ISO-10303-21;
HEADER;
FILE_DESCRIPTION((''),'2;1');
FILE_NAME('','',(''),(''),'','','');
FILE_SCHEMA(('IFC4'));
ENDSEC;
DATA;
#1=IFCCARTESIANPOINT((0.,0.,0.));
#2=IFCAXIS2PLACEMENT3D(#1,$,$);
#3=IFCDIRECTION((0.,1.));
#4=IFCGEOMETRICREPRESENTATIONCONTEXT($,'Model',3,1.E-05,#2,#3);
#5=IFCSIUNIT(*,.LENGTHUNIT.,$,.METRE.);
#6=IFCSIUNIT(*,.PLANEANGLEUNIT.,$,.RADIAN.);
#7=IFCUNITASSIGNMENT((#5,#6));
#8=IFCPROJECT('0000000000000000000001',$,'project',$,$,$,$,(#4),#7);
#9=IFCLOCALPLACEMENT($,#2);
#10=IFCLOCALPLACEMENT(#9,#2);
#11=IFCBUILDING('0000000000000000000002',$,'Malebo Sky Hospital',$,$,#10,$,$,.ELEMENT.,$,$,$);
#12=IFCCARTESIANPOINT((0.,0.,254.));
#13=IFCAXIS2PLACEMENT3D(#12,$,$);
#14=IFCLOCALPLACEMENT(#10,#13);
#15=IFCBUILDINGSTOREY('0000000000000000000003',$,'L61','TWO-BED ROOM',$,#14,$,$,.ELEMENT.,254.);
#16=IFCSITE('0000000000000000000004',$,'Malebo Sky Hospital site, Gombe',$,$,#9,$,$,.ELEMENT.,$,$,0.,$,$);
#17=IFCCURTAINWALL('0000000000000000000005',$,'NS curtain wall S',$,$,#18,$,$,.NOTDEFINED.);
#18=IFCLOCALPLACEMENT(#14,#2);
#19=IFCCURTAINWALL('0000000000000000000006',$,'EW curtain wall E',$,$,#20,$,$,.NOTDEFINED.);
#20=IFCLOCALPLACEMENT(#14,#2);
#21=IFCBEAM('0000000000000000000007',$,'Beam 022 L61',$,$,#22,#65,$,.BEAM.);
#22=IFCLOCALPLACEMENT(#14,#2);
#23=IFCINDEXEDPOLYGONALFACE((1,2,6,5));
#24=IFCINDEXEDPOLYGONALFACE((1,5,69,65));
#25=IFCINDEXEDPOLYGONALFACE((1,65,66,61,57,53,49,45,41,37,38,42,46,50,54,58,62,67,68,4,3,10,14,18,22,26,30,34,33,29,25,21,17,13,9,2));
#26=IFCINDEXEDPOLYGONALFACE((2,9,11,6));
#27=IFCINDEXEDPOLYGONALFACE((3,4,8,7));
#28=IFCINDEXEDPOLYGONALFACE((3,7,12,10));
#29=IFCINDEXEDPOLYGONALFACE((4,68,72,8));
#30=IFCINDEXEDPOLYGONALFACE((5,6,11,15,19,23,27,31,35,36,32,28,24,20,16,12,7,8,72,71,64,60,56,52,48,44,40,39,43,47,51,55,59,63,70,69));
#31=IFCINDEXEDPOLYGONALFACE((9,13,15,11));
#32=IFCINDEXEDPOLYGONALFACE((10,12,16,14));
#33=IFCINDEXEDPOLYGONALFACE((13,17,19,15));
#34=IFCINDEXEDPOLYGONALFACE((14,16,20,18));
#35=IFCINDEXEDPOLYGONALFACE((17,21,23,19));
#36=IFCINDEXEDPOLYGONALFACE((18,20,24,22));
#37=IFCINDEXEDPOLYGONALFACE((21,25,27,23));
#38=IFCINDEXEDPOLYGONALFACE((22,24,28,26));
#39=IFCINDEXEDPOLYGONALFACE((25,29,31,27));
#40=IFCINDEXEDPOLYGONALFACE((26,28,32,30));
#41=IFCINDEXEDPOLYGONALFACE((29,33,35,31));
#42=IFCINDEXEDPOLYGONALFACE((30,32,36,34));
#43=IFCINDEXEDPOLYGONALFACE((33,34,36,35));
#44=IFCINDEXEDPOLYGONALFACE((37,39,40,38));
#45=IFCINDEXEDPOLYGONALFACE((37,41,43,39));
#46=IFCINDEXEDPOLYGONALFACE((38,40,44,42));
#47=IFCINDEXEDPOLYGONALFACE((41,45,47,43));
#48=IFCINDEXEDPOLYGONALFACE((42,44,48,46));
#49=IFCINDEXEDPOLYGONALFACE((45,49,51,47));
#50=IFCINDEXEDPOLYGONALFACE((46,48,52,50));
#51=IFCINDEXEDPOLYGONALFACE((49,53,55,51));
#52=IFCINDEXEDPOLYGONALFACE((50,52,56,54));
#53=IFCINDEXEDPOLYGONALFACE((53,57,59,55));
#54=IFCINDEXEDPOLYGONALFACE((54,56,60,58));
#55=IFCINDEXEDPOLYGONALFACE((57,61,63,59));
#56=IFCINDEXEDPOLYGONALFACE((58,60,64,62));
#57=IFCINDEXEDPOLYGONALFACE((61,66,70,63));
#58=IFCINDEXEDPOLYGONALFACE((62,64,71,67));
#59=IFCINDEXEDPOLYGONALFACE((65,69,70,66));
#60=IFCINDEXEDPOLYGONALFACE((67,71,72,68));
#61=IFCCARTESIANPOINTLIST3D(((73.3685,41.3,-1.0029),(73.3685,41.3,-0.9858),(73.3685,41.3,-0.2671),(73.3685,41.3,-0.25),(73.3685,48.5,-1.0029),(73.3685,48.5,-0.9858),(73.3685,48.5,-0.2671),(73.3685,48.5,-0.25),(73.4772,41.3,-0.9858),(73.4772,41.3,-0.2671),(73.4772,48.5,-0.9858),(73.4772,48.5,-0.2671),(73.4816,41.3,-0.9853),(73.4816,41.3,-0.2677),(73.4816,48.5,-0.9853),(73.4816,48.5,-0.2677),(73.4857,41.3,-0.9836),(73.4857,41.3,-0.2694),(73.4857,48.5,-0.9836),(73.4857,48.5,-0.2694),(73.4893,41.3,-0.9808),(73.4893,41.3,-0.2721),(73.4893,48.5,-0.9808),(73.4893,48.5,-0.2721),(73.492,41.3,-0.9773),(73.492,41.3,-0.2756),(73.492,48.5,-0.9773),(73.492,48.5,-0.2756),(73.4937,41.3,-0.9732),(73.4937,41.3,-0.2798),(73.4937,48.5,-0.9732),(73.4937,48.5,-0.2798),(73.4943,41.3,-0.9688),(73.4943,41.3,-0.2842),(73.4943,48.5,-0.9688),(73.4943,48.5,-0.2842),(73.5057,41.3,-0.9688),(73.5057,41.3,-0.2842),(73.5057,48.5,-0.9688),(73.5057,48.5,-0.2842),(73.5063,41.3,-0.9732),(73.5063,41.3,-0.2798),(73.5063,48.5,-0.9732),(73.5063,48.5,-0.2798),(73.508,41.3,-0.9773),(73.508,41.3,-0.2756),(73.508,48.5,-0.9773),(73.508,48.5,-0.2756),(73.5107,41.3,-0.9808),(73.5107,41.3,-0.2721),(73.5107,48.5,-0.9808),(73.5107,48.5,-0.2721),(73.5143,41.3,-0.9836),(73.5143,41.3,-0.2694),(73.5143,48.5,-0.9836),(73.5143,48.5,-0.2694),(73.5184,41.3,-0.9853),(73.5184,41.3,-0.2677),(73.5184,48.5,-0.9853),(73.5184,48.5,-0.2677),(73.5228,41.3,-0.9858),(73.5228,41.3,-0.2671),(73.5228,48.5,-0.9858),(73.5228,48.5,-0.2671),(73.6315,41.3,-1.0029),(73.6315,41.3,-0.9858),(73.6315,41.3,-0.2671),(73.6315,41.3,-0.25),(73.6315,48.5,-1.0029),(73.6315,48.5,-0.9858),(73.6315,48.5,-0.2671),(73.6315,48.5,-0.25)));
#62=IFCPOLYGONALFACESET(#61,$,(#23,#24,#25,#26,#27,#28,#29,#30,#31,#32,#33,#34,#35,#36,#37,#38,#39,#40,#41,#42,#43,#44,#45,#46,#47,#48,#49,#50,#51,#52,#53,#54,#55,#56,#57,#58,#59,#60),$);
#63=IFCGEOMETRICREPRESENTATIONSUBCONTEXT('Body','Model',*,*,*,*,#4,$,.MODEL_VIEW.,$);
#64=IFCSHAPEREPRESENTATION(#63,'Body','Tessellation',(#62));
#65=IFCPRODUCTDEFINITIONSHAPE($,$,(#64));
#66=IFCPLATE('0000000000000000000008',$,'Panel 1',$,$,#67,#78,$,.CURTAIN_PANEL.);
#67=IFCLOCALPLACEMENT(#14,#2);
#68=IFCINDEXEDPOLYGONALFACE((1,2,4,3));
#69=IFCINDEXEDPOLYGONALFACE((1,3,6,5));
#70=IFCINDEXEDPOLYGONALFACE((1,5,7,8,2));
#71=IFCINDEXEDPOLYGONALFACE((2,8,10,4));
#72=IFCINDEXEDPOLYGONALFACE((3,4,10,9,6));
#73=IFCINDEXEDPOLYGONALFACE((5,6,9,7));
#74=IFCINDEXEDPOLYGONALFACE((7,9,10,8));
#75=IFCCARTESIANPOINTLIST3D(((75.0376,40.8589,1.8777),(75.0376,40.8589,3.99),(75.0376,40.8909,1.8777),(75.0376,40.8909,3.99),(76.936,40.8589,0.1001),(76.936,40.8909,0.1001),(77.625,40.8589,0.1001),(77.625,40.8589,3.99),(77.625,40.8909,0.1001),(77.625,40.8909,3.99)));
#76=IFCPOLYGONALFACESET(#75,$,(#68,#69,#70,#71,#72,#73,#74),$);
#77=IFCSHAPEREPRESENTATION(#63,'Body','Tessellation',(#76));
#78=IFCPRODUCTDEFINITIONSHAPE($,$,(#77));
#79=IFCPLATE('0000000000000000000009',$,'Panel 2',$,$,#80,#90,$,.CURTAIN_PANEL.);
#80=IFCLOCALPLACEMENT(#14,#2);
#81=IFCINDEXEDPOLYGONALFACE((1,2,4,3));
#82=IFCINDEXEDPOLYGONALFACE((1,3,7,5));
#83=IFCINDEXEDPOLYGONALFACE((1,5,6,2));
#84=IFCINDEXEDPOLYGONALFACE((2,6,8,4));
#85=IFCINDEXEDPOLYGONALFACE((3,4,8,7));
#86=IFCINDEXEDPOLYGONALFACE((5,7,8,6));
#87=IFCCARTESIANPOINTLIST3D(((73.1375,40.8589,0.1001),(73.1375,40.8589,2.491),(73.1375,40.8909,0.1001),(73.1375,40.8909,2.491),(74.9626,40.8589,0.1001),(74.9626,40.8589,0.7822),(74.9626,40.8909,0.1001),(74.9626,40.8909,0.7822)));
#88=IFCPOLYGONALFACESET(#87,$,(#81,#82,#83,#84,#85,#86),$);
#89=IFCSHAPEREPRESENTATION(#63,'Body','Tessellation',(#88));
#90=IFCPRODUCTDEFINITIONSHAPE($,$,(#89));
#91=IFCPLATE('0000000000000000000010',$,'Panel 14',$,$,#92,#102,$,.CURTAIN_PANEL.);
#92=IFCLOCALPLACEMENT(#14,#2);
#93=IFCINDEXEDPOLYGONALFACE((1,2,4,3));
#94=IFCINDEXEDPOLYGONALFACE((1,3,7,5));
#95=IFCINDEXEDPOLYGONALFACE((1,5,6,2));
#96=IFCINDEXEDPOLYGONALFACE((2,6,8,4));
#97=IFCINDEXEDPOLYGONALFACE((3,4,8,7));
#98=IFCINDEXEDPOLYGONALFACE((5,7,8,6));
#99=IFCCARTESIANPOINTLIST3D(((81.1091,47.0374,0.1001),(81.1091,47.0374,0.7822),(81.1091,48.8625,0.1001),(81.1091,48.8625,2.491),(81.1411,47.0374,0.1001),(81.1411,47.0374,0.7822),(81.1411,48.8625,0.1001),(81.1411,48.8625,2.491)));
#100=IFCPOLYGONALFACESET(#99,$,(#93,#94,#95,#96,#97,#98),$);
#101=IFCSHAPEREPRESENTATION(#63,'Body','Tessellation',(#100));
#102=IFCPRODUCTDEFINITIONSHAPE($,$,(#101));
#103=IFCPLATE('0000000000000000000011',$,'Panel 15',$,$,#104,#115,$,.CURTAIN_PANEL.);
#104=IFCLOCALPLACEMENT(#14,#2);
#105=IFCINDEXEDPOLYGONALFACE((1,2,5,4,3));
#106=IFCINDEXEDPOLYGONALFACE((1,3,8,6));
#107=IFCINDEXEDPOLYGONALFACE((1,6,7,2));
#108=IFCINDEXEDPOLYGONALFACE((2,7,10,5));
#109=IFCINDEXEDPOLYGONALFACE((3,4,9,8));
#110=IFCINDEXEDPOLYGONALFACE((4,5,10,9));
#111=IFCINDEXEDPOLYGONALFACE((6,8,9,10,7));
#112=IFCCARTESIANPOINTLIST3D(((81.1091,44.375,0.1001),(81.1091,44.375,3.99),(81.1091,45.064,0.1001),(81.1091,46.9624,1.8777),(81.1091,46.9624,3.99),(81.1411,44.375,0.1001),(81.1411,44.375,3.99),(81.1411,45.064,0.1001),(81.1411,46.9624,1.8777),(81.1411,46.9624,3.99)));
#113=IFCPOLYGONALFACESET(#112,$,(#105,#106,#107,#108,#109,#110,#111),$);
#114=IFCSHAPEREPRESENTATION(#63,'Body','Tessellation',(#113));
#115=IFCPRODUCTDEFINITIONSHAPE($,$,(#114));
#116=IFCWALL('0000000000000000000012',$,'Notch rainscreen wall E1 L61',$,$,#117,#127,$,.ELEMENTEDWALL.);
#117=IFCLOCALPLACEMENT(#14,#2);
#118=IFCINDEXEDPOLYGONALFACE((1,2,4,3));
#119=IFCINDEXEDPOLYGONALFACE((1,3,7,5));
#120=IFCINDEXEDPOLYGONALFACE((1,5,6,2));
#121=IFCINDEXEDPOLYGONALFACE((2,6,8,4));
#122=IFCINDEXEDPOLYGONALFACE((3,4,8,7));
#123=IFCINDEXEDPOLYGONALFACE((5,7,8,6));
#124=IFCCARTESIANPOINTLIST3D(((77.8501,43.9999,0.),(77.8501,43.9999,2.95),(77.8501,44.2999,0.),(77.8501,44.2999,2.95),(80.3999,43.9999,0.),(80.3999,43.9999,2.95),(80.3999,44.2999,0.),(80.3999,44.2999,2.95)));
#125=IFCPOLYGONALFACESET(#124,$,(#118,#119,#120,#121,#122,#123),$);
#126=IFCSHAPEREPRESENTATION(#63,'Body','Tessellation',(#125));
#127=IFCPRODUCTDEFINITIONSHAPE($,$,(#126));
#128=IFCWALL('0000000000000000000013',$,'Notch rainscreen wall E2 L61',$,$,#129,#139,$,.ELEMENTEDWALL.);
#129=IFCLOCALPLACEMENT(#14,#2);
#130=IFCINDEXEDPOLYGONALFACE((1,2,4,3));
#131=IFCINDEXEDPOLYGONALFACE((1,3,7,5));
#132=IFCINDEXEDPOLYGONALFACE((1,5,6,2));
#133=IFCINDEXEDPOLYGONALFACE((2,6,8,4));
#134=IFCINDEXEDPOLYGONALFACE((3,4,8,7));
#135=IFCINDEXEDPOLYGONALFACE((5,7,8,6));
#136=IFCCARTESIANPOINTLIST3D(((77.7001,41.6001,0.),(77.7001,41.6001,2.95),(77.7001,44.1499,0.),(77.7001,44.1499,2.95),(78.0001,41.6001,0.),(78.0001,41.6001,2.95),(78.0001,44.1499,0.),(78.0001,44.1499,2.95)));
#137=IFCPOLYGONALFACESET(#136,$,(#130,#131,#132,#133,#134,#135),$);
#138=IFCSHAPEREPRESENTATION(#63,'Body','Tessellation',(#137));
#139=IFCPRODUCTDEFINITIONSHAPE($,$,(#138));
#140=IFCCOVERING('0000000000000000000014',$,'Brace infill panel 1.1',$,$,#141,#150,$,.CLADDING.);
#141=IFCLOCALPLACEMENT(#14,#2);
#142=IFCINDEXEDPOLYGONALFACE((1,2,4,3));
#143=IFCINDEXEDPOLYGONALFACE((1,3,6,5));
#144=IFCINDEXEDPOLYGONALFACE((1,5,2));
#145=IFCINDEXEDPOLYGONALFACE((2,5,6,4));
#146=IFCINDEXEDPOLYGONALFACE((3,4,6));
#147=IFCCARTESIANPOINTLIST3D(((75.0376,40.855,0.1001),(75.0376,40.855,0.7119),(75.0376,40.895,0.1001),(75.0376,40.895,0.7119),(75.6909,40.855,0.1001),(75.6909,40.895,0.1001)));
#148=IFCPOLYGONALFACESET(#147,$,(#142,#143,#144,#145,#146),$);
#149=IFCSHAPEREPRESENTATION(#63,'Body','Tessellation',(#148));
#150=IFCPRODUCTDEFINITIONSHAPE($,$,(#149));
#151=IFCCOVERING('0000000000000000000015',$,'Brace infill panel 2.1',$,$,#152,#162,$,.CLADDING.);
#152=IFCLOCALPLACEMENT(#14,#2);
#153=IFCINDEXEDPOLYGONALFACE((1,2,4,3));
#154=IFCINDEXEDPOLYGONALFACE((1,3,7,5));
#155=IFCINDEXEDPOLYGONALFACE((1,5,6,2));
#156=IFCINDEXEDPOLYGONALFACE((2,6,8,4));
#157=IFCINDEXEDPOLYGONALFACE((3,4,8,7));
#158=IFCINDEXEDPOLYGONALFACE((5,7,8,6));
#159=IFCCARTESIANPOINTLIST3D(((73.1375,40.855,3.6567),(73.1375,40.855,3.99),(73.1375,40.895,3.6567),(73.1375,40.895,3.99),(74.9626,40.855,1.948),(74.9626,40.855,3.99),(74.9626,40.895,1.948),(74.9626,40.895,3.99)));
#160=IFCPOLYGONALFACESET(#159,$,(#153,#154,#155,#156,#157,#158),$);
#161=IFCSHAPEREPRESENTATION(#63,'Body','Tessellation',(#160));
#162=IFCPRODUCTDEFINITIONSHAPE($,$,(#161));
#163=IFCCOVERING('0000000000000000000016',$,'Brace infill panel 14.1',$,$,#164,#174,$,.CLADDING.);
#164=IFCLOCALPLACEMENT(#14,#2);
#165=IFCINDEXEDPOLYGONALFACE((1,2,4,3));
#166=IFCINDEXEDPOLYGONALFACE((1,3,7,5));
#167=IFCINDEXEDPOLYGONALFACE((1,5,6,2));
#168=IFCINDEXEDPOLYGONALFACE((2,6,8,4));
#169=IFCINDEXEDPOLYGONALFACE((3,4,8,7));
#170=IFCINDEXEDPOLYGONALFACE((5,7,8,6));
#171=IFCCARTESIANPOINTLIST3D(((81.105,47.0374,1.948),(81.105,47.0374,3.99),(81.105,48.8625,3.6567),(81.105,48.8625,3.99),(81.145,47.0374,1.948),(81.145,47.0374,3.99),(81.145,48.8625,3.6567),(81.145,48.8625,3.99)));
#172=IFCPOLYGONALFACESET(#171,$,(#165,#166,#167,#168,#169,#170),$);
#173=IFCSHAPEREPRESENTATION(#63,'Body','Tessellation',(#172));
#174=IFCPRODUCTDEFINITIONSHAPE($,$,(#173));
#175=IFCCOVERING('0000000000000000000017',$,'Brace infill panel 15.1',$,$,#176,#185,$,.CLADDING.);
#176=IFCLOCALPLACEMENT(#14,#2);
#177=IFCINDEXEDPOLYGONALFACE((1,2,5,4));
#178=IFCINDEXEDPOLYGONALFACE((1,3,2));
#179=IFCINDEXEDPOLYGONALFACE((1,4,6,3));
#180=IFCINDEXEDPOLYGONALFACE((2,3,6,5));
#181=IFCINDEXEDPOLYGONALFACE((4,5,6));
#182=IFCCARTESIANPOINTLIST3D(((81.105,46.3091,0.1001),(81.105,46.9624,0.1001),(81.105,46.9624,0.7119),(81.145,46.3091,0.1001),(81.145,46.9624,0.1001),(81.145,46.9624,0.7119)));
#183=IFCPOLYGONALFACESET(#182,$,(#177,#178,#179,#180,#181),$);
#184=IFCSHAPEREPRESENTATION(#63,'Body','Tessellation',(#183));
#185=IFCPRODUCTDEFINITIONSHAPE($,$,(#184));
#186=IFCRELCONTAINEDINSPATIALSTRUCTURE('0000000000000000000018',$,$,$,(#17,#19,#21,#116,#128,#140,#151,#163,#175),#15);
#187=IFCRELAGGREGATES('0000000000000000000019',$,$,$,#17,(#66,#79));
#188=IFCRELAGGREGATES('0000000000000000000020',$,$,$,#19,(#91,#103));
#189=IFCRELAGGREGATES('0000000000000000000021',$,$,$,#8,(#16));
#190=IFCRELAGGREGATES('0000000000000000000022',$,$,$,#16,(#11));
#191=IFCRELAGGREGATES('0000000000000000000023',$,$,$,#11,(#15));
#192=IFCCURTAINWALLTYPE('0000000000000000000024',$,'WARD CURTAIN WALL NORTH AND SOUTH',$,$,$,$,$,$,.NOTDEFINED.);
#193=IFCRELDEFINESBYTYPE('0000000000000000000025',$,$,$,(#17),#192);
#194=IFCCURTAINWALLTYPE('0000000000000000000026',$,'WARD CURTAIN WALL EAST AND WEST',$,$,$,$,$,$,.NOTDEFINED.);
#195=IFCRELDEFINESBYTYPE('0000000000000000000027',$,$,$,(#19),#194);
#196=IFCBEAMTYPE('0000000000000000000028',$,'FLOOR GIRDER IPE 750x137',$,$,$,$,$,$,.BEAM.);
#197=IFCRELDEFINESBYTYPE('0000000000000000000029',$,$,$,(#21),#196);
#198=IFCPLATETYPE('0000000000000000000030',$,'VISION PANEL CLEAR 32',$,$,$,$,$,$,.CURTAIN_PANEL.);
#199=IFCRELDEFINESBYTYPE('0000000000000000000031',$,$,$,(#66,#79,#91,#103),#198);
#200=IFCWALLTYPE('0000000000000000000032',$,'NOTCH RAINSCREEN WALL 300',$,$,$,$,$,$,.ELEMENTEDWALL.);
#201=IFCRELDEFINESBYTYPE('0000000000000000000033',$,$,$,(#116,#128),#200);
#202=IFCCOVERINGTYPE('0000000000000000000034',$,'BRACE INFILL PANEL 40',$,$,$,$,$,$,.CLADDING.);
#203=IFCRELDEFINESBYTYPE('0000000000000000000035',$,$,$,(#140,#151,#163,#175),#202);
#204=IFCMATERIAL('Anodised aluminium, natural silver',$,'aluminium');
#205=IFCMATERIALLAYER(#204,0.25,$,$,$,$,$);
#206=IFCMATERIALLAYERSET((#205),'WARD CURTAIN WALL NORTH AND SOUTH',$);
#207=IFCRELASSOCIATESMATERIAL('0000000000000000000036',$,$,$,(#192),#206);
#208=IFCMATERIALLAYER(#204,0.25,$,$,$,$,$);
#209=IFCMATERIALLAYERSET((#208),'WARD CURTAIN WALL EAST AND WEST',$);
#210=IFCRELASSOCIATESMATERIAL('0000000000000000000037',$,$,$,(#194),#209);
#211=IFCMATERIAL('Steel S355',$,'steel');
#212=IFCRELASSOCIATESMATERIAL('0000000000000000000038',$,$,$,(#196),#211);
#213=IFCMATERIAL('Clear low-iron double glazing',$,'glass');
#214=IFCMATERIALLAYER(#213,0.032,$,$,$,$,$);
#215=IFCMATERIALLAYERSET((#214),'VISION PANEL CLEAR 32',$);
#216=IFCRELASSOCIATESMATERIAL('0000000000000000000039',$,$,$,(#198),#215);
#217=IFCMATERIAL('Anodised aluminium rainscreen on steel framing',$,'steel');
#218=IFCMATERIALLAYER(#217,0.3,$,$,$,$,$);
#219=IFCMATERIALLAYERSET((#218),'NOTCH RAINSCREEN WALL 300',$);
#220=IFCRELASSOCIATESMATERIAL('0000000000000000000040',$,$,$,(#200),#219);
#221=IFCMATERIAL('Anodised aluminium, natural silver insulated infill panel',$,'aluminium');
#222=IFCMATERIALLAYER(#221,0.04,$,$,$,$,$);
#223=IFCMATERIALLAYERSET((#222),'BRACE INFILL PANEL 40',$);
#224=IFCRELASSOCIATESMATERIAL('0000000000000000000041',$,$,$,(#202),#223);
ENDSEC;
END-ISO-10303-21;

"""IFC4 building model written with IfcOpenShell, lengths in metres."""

from ifc_helpers import new_model, si_unit, direction, frame, frame_2d, origin, origin_2d, place, context, subcontext, project, spatial, polyline, rectangle, i_section, outline, extrude, material, layer, layer_set, material_profile, profile_set, type_object, element, aggregate, save


model = new_model("IFC4")

# Units and contexts
model_context = context("Model", 3, precision=1e-05, world=origin(), true_north=direction((0.0, 1.0)))
body_context = subcontext(model_context, "Body", "Model", "MODEL_VIEW")
ifc_project = project(units=[si_unit("LENGTHUNIT", "METRE"), si_unit("PLANEANGLEUNIT", "RADIAN")], contexts=[model_context])

# Site, building, storey
site_placement = place(None, origin())
site = spatial("IfcSite", under=ifc_project, at=site_placement, Name="Malebo Sky Hospital site, Gombe", CompositionType="ELEMENT", RefElevation=0.0)
building_placement = place(site_placement, origin())
building = spatial("IfcBuilding", under=site, at=building_placement, Name="Malebo Sky Hospital", CompositionType="ELEMENT")
storey_placement = place(building_placement, frame((0.0, 0.0, 254.0)))
storey = spatial("IfcBuildingStorey", under=building, at=storey_placement, Name="L61", Description="TWO-BED ROOM", CompositionType="ELEMENT", Elevation=254.0)

# Curtain wall
ifc_material_1 = material(Name="Anodised aluminium, natural silver", Category="aluminium")
ifc_layer_1 = layer(ifc_material_1, 0.25)
ifc_layer_set_1 = layer_set([ifc_layer_1], Name="WARD CURTAIN WALL NORTH AND SOUTH")
curtain_wall_type_1 = type_object("IfcCurtainWallType", Name="WARD CURTAIN WALL NORTH AND SOUTH", PredefinedType="NOTDEFINED", material=ifc_layer_set_1)
curtain_wall_1_placement = place(storey_placement, origin())
curtain_wall_1 = element("IfcCurtainWall", 1, at=curtain_wall_1_placement, inside=storey, type_object=curtain_wall_type_1, Name="NS curtain wall S", PredefinedType="NOTDEFINED")

# Curtain wall
ifc_layer_2 = layer(ifc_material_1, 0.25)
ifc_layer_set_2 = layer_set([ifc_layer_2], Name="WARD CURTAIN WALL EAST AND WEST")
curtain_wall_type_2 = type_object("IfcCurtainWallType", Name="WARD CURTAIN WALL EAST AND WEST", PredefinedType="NOTDEFINED", material=ifc_layer_set_2)
curtain_wall_2_placement = place(storey_placement, origin())
curtain_wall_2 = element("IfcCurtainWall", 2, at=curtain_wall_2_placement, inside=storey, type_object=curtain_wall_type_2, Name="EW curtain wall E", PredefinedType="NOTDEFINED")

# Shared definitions
ifc_material_2 = material(Name="Steel S355", Category="steel")

# Beam
ifc_material_profile_1 = material_profile(ifc_material_2, i_section(OverallWidth=0.2629, OverallDepth=0.7529, WebThickness=0.0115, FlangeThickness=0.0171, FilletRadius=0.0171, at=origin_2d()), Name="IPE 750x137")
ifc_profile_set_1 = profile_set([ifc_material_profile_1], Name="Steel S355")
beam_type_1 = type_object("IfcBeamType", Name="FLOOR GIRDER IPE 750x137", PredefinedType="BEAM", material=ifc_profile_set_1)
beam_placement = place(storey_placement, frame((73.5, 41.3, -0.6265), z_axis=(0.0, 1.0, 0.0), x_axis=(-1.0, 0.0, 0.0)))
element("IfcBeam", 3, at=beam_placement, inside=storey, type_object=beam_type_1, Name="Beam 022 L61", PredefinedType="BEAM", context=body_context, shape_type="SweptSolid", body=[
    extrude(i_section(OverallWidth=0.2629, OverallDepth=0.7529, WebThickness=0.0115, FlangeThickness=0.0171, FilletRadius=0.0171, at=origin_2d()), origin(), (0.0, 0.0, 1.0), 7.2),
])

# Plates
ifc_material_3 = material(Name="Clear low-iron double glazing", Category="glass")
ifc_layer_3 = layer(ifc_material_3, 0.032)
ifc_layer_set_3 = layer_set([ifc_layer_3], Name="VISION PANEL CLEAR 32")
plate_type = type_object("IfcPlateType", Name="VISION PANEL CLEAR 32", PredefinedType="CURTAIN_PANEL", material=ifc_layer_set_3)
plate_1_placement = place(storey_placement, frame((76.3313, 40.875, 0.1001), z_axis=(0.0, 0.0, 1.0), x_axis=(-1.0, 0.0, 0.0)))
plate_1 = element("IfcPlate", 4, at=plate_1_placement, type_object=plate_type, Name="Panel 1", PredefinedType="CURTAIN_PANEL", context=body_context, shape_type="SweptSolid", body=[
    extrude(outline(polyline([(-1.2937, 0.0), (-0.6047, 0.0), (1.2937, 1.7776), (1.2937, 3.8899), (-1.2937, 3.8899), (-1.2937, 0.0)])), frame((0.0, 0.0161, 0.0), z_axis=(0.0, -1.0, 0.0), x_axis=(1.0, 0.0, 0.0)), (0.0, 0.0, 1.0), 0.032),
])
plate_2_placement = place(storey_placement, frame((74.05, 40.875, 0.1001), z_axis=(0.0, 0.0, 1.0), x_axis=(-1.0, 0.0, 0.0)))
plate_2 = element("IfcPlate", 5, at=plate_2_placement, type_object=plate_type, Name="Panel 2", PredefinedType="CURTAIN_PANEL", context=body_context, shape_type="SweptSolid", body=[
    extrude(outline(polyline([(-0.9126, 0.0), (0.9126, 0.0), (0.9126, 2.3909), (-0.9126, 0.6821), (-0.9126, 0.0)])), frame((0.0, 0.0161, 0.0), z_axis=(0.0, -1.0, 0.0), x_axis=(1.0, 0.0, 0.0)), (0.0, 0.0, 1.0), 0.032),
])
aggregate(curtain_wall_1, [plate_1, plate_2])
plate_3_placement = place(storey_placement, frame((81.125, 47.95, 0.1001), z_axis=(0.0, 0.0, 1.0), x_axis=(0.0, -1.0, 0.0)))
plate_3 = element("IfcPlate", 6, at=plate_3_placement, type_object=plate_type, Name="Panel 14", PredefinedType="CURTAIN_PANEL", context=body_context, shape_type="SweptSolid", body=[
    extrude(outline(polyline([(-0.9126, 0.0), (0.9126, 0.0), (0.9126, 0.6821), (-0.9126, 2.3909), (-0.9126, 0.0)])), frame((0.0, 0.0161, 0.0), z_axis=(0.0, -1.0, 0.0), x_axis=(1.0, 0.0, 0.0)), (0.0, 0.0, 1.0), 0.032),
])
plate_4_placement = place(storey_placement, frame((81.125, 45.6687, 0.1001), z_axis=(0.0, 0.0, 1.0), x_axis=(0.0, -1.0, 0.0)))
plate_4 = element("IfcPlate", 7, at=plate_4_placement, type_object=plate_type, Name="Panel 15", PredefinedType="CURTAIN_PANEL", context=body_context, shape_type="SweptSolid", body=[
    extrude(outline(polyline([(0.6047, 0.0), (1.2937, 0.0), (1.2937, 3.8899), (-1.2937, 3.8899), (-1.2937, 1.7776), (0.6047, 0.0)])), frame((0.0, 0.0161, 0.0), z_axis=(0.0, -1.0, 0.0), x_axis=(1.0, 0.0, 0.0)), (0.0, 0.0, 1.0), 0.032),
])
aggregate(curtain_wall_2, [plate_3, plate_4])

# Walls
ifc_material_4 = material(Name="Anodised aluminium rainscreen on steel framing", Category="steel")
ifc_layer_4 = layer(ifc_material_4, 0.3)
ifc_layer_set_4 = layer_set([ifc_layer_4], Name="NOTCH RAINSCREEN WALL 300")
wall_type = type_object("IfcWallType", Name="NOTCH RAINSCREEN WALL 300", PredefinedType="ELEMENTEDWALL", material=ifc_layer_set_4)
for number, where, z_axis, x_axis, name in (
    (8, (80.3999, 44.1499, 0.0), (0.0, 0.0, 1.0), (-1.0, 0.0, 0.0), "Notch rainscreen wall E1 L61"),
    (9, (77.8501, 44.1499, 0.0), (0.0, 0.0, 1.0), (0.0, -1.0, 0.0), "Notch rainscreen wall E2 L61"),
):
    element("IfcWall", number, at=place(storey_placement, frame(where, z_axis=z_axis, x_axis=x_axis)), inside=storey, type_object=wall_type, Name=name, PredefinedType="ELEMENTEDWALL", context=body_context, shape_type="SweptSolid", body=[
        extrude(rectangle(XDim=2.5498, YDim=0.3, at=frame_2d((1.2749, 0.0))), origin(), (0.0, 0.0, 1.0), 2.95),
    ])

# Coverings
ifc_material_5 = material(Name="Anodised aluminium, natural silver insulated infill panel", Category="aluminium")
ifc_layer_5 = layer(ifc_material_5, 0.04)
ifc_layer_set_5 = layer_set([ifc_layer_5], Name="BRACE INFILL PANEL 40")
covering_type = type_object("IfcCoveringType", Name="BRACE INFILL PANEL 40", PredefinedType="CLADDING", material=ifc_layer_set_5)
covering_1_placement = place(storey_placement, frame((75.3643, 40.875, 0.1001), z_axis=(0.0, 0.0, 1.0), x_axis=(-1.0, 0.0, 0.0)))
element("IfcCovering", 10, at=covering_1_placement, inside=storey, type_object=covering_type, Name="Brace infill panel 1.1", PredefinedType="CLADDING", context=body_context, shape_type="SweptSolid", body=[
    extrude(outline(polyline([(-0.3267, 0.0), (0.3267, 0.0), (0.3267, 0.6118), (-0.3267, 0.0)])), frame((0.0, 0.02, 0.0), z_axis=(0.0, -1.0, 0.0), x_axis=(1.0, 0.0, 0.0)), (0.0, 0.0, 1.0), 0.04),
])
covering_2_placement = place(storey_placement, frame((74.05, 40.875, 1.948), z_axis=(0.0, 0.0, 1.0), x_axis=(-1.0, 0.0, 0.0)))
element("IfcCovering", 11, at=covering_2_placement, inside=storey, type_object=covering_type, Name="Brace infill panel 2.1", PredefinedType="CLADDING", context=body_context, shape_type="SweptSolid", body=[
    extrude(outline(polyline([(-0.9126, 0.0), (0.9126, 1.7087), (0.9126, 2.042), (-0.9126, 2.042), (-0.9126, 0.0)])), frame((0.0, 0.02, 0.0), z_axis=(0.0, -1.0, 0.0), x_axis=(1.0, 0.0, 0.0)), (0.0, 0.0, 1.0), 0.04),
])
covering_3_placement = place(storey_placement, frame((81.125, 47.95, 1.948), z_axis=(0.0, 0.0, 1.0), x_axis=(0.0, -1.0, 0.0)))
element("IfcCovering", 12, at=covering_3_placement, inside=storey, type_object=covering_type, Name="Brace infill panel 14.1", PredefinedType="CLADDING", context=body_context, shape_type="SweptSolid", body=[
    extrude(outline(polyline([(0.9126, 0.0), (0.9126, 2.042), (-0.9126, 2.042), (-0.9126, 1.7087), (0.9126, 0.0)])), frame((0.0, 0.02, 0.0), z_axis=(0.0, -1.0, 0.0), x_axis=(1.0, 0.0, 0.0)), (0.0, 0.0, 1.0), 0.04),
])
covering_4_placement = place(storey_placement, frame((81.125, 46.6357, 0.1001), z_axis=(0.0, 0.0, 1.0), x_axis=(0.0, -1.0, 0.0)))
element("IfcCovering", 13, at=covering_4_placement, inside=storey, type_object=covering_type, Name="Brace infill panel 15.1", PredefinedType="CLADDING", context=body_context, shape_type="SweptSolid", body=[
    extrude(outline(polyline([(-0.3267, 0.0), (0.3267, 0.0), (-0.3267, 0.6118), (-0.3267, 0.0)])), frame((0.0, 0.02, 0.0), z_axis=(0.0, -1.0, 0.0), x_axis=(1.0, 0.0, 0.0)), (0.0, 0.0, 1.0), 0.04),
])

save(model, "model.ifc")
